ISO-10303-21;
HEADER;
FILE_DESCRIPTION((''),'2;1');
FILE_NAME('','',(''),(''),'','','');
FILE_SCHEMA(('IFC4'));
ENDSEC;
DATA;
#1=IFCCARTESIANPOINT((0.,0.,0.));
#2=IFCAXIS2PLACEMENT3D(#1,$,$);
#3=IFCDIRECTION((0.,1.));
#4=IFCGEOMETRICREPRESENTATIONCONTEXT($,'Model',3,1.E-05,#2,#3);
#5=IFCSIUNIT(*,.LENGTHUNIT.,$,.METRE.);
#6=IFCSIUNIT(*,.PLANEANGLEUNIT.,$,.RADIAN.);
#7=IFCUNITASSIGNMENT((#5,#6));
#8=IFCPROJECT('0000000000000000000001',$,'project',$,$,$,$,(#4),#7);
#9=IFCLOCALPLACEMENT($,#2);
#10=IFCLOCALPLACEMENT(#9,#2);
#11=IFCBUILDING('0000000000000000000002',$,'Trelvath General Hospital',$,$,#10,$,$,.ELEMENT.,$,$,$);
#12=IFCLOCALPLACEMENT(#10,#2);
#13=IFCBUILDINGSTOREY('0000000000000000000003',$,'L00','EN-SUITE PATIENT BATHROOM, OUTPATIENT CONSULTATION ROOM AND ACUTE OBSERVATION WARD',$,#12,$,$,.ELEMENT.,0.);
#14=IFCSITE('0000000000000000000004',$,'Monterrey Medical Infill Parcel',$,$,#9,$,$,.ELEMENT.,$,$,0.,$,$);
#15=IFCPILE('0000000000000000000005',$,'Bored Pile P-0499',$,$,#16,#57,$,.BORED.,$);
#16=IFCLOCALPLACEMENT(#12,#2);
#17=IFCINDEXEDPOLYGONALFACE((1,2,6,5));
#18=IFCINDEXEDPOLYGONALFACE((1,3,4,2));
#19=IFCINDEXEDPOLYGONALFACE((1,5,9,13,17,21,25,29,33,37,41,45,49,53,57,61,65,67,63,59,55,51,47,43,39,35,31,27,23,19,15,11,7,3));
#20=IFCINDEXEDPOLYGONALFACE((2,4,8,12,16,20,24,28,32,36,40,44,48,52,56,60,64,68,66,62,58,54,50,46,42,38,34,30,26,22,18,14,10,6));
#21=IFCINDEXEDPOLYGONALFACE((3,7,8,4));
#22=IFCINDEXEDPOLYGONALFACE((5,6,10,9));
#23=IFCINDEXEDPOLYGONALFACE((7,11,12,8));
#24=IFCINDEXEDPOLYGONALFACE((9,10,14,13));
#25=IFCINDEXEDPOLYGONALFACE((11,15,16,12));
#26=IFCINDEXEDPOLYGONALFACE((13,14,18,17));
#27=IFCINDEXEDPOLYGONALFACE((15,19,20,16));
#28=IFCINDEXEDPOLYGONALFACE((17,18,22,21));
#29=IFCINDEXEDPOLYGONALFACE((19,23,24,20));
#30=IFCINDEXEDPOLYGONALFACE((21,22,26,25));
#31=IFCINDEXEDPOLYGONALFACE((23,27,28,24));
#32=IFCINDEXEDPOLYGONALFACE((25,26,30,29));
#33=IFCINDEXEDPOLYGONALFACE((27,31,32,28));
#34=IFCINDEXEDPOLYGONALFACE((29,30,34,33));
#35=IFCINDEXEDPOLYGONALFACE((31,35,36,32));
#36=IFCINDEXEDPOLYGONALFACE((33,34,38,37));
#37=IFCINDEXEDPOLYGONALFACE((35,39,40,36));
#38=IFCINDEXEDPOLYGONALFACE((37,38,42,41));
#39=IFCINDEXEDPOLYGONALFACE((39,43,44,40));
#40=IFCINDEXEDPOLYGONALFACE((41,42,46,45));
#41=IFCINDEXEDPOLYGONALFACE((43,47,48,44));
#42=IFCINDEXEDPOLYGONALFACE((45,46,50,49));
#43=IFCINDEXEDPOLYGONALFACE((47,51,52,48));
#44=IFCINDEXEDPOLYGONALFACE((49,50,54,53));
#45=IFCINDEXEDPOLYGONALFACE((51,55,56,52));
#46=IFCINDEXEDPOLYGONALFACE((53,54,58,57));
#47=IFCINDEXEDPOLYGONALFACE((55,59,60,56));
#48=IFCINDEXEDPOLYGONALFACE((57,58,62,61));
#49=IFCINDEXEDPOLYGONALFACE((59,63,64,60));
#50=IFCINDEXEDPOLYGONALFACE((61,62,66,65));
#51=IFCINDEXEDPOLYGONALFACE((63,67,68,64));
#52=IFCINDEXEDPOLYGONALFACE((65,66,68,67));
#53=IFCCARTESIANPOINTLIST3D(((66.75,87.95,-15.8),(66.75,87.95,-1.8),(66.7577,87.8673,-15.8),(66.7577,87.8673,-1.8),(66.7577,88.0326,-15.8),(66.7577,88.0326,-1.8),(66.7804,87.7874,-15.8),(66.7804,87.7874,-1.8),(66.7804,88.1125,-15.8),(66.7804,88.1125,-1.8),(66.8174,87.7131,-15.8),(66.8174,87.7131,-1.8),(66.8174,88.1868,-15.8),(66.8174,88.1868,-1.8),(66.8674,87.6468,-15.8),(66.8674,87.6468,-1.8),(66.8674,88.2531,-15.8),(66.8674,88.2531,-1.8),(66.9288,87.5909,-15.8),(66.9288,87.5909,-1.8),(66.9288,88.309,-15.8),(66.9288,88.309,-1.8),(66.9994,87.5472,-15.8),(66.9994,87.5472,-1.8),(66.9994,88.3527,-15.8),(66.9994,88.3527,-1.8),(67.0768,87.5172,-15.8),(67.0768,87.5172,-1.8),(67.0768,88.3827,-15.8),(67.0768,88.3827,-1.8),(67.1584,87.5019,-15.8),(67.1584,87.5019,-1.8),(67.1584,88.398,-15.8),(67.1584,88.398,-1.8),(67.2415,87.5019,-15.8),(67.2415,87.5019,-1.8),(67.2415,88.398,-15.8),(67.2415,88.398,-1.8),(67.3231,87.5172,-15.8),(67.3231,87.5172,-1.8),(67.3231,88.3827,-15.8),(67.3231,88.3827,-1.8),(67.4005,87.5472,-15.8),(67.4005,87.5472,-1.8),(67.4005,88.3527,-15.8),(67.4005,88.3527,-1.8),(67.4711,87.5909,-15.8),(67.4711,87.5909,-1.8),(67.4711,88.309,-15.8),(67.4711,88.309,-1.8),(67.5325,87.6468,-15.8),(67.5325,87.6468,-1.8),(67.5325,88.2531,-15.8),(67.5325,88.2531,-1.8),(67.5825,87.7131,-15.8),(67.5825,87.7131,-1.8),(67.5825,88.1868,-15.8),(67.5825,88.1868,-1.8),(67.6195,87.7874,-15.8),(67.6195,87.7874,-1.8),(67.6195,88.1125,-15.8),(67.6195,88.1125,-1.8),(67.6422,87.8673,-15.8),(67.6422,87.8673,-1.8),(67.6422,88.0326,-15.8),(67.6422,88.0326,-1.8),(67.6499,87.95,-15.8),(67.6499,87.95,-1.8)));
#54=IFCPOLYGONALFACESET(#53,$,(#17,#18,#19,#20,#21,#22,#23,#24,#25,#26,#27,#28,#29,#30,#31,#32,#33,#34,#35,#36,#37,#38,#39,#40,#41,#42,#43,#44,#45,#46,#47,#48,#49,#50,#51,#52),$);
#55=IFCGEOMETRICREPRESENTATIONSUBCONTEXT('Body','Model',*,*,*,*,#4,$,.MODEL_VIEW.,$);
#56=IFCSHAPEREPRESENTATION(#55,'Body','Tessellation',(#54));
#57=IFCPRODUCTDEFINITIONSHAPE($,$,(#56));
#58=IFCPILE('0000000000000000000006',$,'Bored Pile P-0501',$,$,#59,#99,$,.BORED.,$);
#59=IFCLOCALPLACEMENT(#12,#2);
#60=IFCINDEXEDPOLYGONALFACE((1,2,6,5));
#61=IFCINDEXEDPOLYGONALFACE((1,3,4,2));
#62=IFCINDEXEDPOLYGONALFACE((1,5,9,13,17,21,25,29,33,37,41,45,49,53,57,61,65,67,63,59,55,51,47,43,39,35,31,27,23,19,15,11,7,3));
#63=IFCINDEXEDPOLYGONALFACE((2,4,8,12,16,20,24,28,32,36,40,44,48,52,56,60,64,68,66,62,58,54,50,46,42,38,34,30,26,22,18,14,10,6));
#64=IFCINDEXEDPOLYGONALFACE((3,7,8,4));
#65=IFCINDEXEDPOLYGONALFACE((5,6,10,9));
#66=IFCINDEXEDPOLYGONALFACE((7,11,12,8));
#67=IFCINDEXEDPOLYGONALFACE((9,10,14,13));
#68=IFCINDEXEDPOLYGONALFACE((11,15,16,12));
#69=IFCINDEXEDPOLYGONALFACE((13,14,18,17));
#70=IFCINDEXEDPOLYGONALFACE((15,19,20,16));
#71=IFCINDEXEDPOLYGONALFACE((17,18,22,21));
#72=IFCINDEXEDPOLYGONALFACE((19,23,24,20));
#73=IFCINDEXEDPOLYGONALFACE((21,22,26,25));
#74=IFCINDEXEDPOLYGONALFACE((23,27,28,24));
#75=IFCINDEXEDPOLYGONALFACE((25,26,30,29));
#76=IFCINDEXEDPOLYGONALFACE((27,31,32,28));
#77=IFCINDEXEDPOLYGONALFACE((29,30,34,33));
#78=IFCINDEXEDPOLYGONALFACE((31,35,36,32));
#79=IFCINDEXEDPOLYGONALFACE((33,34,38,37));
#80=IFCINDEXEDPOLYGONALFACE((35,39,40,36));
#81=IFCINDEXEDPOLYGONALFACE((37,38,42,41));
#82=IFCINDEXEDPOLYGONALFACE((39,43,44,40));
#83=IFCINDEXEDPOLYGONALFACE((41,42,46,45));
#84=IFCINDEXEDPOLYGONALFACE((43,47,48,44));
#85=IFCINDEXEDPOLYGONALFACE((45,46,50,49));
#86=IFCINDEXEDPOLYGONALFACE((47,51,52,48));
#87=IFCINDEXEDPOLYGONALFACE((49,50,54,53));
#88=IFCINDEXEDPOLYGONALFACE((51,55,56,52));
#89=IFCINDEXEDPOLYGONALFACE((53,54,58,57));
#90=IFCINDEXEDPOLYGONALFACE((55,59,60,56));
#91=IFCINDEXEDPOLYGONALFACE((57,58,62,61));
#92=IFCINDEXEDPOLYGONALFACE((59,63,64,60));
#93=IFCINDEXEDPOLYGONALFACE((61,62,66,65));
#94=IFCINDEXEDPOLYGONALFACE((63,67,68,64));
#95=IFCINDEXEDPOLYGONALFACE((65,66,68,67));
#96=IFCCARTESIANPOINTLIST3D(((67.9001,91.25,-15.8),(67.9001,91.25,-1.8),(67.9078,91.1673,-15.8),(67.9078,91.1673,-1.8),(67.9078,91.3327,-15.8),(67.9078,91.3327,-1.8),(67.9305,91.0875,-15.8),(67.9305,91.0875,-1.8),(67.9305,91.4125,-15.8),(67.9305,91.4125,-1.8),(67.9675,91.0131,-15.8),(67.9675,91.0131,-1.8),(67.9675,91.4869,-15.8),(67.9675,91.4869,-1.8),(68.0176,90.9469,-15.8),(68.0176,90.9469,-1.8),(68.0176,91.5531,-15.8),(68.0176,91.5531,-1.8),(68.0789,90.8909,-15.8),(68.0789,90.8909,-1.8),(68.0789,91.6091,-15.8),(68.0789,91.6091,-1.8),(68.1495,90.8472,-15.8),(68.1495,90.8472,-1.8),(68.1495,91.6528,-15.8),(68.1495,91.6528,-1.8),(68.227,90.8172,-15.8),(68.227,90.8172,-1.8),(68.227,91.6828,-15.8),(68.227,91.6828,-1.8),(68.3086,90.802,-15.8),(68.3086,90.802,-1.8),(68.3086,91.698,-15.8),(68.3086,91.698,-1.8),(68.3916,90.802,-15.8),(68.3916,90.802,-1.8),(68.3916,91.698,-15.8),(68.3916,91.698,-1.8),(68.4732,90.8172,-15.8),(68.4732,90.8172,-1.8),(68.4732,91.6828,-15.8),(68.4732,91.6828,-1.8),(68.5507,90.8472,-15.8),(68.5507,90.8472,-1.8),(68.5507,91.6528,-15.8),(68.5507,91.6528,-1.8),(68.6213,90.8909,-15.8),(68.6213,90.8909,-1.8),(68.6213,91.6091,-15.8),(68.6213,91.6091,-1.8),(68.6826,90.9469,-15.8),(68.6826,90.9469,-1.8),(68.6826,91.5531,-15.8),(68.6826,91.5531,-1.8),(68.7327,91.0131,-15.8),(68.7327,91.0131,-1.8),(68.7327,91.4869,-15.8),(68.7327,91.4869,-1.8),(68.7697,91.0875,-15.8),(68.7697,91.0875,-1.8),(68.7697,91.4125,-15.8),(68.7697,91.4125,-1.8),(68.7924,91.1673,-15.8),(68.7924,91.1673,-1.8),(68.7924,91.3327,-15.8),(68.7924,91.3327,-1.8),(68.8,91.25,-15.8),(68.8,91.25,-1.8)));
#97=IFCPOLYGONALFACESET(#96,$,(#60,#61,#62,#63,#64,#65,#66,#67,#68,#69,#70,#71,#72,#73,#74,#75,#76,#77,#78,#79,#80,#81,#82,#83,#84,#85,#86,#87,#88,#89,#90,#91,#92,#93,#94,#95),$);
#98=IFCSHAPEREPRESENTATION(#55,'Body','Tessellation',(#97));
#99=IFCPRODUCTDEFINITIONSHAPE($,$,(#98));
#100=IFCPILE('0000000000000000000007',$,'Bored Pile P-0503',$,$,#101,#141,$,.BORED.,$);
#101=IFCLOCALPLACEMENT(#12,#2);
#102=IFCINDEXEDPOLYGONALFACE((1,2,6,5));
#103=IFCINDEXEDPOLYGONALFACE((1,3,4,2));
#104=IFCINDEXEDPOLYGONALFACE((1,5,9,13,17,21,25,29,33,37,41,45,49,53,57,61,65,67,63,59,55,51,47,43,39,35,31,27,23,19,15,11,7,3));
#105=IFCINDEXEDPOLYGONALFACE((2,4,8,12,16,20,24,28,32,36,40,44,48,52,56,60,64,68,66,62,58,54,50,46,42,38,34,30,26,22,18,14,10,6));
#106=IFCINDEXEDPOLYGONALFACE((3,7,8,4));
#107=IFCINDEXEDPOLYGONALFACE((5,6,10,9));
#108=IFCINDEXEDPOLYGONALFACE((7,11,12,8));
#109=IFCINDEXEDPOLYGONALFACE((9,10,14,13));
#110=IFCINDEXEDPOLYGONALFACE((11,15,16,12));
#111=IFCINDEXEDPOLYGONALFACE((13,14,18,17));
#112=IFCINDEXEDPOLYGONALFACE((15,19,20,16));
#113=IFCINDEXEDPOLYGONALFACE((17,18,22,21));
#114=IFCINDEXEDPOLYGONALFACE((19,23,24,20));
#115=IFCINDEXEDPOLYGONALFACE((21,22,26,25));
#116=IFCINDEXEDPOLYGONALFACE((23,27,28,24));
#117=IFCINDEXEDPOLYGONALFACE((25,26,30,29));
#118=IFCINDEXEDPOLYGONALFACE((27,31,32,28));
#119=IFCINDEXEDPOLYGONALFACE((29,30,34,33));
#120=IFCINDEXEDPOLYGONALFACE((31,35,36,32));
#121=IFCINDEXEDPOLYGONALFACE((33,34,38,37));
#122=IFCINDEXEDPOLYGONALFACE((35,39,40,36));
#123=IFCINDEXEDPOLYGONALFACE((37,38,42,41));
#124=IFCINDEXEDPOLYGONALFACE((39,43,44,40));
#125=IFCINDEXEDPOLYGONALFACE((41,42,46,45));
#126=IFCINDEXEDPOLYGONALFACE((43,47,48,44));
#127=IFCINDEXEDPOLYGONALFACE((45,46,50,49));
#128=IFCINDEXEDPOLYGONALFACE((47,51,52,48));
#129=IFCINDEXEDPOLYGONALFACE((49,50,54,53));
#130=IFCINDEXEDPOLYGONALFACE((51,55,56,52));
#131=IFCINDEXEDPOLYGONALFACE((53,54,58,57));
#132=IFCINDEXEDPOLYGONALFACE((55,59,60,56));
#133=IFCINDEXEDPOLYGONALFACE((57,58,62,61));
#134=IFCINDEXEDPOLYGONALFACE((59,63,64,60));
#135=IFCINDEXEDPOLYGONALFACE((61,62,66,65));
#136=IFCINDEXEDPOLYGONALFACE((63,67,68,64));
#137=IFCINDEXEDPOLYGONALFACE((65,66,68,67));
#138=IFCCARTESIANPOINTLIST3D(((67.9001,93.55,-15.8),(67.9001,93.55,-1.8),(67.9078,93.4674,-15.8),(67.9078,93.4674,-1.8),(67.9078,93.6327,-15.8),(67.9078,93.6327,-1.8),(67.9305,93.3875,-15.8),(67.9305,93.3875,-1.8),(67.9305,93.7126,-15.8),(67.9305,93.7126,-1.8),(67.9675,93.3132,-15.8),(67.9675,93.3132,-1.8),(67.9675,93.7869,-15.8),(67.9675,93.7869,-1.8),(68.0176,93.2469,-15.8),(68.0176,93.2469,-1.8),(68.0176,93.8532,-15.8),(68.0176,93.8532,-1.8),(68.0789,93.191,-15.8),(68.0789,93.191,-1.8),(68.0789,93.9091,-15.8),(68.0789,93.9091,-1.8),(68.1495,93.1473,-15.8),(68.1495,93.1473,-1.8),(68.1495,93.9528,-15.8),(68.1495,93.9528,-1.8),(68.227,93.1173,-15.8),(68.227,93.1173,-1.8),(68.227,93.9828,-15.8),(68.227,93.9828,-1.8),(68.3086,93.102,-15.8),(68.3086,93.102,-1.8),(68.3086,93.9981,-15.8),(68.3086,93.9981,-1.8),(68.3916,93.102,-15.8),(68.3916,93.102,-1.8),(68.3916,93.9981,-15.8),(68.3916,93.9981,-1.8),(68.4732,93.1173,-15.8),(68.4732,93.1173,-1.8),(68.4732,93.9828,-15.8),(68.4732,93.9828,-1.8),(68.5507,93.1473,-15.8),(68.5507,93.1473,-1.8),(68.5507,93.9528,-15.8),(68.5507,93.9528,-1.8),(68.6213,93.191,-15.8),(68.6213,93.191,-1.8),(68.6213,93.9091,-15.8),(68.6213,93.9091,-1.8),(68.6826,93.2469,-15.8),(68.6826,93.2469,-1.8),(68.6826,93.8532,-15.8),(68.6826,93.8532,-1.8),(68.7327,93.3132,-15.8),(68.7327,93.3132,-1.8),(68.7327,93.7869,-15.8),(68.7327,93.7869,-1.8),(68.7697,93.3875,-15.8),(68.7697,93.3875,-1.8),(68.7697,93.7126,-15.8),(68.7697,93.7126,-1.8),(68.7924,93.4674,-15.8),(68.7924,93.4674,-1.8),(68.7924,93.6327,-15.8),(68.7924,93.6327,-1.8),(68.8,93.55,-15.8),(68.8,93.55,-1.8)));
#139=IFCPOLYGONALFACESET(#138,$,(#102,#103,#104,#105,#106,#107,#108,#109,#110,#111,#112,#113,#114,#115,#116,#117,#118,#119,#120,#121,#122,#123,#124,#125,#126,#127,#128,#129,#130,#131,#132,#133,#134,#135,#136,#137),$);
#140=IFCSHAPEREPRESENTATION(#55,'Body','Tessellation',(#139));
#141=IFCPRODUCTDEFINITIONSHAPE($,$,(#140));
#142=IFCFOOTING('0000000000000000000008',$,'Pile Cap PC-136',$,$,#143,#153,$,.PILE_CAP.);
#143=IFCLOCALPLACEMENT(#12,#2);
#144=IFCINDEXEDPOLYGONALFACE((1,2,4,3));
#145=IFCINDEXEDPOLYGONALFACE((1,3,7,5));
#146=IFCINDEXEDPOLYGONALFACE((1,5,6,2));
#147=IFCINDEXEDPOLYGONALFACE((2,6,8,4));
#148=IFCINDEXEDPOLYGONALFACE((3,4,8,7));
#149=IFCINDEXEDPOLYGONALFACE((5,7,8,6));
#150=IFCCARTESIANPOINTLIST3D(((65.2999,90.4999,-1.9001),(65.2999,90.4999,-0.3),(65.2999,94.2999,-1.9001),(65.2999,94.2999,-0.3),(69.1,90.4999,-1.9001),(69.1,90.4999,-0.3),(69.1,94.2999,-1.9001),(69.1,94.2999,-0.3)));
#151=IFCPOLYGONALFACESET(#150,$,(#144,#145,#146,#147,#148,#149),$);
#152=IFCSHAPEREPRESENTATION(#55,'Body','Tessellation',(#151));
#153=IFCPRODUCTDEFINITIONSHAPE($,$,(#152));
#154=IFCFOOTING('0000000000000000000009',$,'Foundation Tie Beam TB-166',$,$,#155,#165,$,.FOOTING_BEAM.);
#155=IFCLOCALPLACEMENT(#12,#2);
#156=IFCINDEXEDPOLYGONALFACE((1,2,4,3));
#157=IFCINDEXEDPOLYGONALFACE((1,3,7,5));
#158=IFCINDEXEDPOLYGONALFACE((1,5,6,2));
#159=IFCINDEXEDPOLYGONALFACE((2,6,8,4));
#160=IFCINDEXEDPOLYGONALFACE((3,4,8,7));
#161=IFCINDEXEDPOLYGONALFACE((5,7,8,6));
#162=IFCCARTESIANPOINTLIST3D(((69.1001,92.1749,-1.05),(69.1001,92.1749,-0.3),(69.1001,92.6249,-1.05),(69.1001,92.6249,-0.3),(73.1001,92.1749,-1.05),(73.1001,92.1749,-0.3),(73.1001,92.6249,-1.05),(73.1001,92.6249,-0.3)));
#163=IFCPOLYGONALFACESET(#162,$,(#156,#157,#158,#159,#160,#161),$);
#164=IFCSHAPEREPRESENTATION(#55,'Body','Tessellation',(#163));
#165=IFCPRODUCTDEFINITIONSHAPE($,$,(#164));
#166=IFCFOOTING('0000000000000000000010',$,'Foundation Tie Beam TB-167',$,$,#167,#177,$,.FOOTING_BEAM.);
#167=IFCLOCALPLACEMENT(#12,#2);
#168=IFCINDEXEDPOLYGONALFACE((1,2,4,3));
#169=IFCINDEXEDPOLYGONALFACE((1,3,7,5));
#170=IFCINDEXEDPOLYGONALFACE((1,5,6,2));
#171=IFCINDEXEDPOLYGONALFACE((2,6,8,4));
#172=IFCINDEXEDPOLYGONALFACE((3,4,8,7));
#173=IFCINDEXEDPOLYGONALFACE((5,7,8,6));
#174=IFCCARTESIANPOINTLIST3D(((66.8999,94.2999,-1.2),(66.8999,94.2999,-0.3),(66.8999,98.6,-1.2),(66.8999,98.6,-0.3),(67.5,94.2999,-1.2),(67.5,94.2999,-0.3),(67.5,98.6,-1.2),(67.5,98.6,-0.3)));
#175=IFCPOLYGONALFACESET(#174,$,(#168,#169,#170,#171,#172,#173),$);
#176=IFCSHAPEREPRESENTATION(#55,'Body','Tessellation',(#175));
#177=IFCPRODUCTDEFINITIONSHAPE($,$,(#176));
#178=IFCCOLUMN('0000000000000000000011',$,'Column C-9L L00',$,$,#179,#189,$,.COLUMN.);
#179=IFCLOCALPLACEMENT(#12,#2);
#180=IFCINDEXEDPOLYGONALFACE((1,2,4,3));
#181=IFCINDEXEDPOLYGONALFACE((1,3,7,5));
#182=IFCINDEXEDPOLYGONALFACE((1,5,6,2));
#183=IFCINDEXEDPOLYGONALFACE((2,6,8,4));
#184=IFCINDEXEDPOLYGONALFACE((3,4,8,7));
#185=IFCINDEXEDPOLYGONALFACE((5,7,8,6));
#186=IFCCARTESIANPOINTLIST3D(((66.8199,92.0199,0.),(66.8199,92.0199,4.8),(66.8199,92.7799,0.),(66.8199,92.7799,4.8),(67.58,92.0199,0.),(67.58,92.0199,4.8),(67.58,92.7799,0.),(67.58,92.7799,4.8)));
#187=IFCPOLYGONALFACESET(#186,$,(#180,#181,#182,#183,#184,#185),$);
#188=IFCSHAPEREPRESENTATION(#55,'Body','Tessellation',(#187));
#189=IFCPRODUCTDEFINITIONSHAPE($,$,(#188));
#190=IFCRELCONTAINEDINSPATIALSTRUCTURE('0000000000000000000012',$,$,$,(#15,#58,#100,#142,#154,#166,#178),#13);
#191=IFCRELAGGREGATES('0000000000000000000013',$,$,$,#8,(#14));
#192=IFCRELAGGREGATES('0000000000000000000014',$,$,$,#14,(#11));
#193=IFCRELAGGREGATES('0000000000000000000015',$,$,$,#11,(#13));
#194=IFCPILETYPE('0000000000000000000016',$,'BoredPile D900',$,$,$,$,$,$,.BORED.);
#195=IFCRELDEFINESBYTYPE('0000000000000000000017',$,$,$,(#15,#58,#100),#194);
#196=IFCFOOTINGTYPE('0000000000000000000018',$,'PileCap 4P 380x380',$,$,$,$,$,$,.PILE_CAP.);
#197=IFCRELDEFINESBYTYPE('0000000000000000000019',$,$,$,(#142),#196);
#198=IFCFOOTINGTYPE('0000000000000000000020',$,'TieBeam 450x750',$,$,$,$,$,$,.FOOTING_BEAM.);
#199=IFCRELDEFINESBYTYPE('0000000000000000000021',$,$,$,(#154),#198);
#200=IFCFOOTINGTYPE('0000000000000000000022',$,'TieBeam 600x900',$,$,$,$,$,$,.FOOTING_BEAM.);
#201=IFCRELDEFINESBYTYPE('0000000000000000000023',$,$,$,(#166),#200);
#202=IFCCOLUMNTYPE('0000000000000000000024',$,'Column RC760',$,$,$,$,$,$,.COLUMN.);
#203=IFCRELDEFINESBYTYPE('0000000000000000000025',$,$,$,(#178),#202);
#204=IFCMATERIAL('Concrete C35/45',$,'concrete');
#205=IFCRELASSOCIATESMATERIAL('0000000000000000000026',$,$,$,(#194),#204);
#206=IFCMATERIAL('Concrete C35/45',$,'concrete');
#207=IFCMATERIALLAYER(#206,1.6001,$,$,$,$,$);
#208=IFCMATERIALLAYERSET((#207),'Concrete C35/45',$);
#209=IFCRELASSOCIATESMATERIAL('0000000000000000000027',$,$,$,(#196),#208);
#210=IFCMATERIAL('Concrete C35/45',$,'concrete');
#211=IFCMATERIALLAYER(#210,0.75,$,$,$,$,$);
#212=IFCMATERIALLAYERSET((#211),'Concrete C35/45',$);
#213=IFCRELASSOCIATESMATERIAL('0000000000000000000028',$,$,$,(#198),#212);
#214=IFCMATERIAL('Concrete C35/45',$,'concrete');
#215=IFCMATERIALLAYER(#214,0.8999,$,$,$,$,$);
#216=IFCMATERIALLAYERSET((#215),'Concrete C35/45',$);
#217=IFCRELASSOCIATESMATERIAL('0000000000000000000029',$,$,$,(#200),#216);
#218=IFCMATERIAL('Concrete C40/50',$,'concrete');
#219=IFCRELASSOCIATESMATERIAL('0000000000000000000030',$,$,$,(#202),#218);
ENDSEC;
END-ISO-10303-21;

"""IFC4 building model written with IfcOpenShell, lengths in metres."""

from ifc_helpers import new_model, si_unit, direction, frame, origin, origin_2d, place, context, subcontext, project, spatial, rectangle, circle, extrude, material, layer, layer_set, material_profile, profile_set, type_object, element, save


model = new_model("IFC4")

# Units and contexts
model_context = context("Model", 3, precision=1e-05, world=origin(), true_north=direction((0.0, 1.0)))
body_context = subcontext(model_context, "Body", "Model", "MODEL_VIEW")
ifc_project = project(units=[si_unit("LENGTHUNIT", "METRE"), si_unit("PLANEANGLEUNIT", "RADIAN")], contexts=[model_context])

# Site, building, storey
site_placement = place(None, origin())
site = spatial("IfcSite", under=ifc_project, at=site_placement, Name="Monterrey Medical Infill Parcel", CompositionType="ELEMENT", RefElevation=0.0)
building_placement = place(site_placement, origin())
building = spatial("IfcBuilding", under=site, at=building_placement, Name="Trelvath General Hospital", CompositionType="ELEMENT")
storey_placement = place(building_placement, origin())
storey = spatial("IfcBuildingStorey", under=building, at=storey_placement, Name="L00", Description="EN-SUITE PATIENT BATHROOM, OUTPATIENT CONSULTATION ROOM AND ACUTE OBSERVATION WARD", CompositionType="ELEMENT", Elevation=0.0)

# Piles
ifc_material_1 = material(Name="Concrete C35/45", Category="concrete")
ifc_material_profile_1 = material_profile(ifc_material_1, circle(Radius=0.45, at=origin_2d()), Name="PILE900")
ifc_profile_set_1 = profile_set([ifc_material_profile_1], Name="Concrete C35/45")
pile_type = type_object("IfcPileType", Name="BoredPile D900", PredefinedType="BORED", material=ifc_profile_set_1)
for number, where, z_axis, x_axis, name in (
    (1, (67.2, 87.95, -1.8), (0.0, 0.0, -1.0), (1.0, 0.0, 0.0), "Bored Pile P-0499"),
    (2, (68.3501, 91.25, -1.8), (0.0, 0.0, -1.0), (1.0, 0.0, 0.0), "Bored Pile P-0501"),
    (3, (68.3501, 93.55, -1.8), (0.0, 0.0, -1.0), (1.0, 0.0, 0.0), "Bored Pile P-0503"),
):
    element("IfcPile", number, at=place(storey_placement, frame(where, z_axis=z_axis, x_axis=x_axis)), inside=storey, type_object=pile_type, Name=name, PredefinedType="BORED", context=body_context, shape_type="SweptSolid", body=[
        extrude(circle(Radius=0.45, at=origin_2d()), origin(), (0.0, 0.0, 1.0), 14.0),
    ])

# Footings
ifc_material_2 = material(Name="Concrete C35/45", Category="concrete")
ifc_layer_1 = layer(ifc_material_2, 1.6001)
ifc_layer_set_1 = layer_set([ifc_layer_1], Name="Concrete C35/45")
footing_type_1 = type_object("IfcFootingType", Name="PileCap 4P 380x380", PredefinedType="PILE_CAP", material=ifc_layer_set_1)
footing_1_placement = place(storey_placement, frame((67.2, 92.3999, -1.9001), z_axis=(0.0, 0.0, 1.0), x_axis=(1.0, 0.0, 0.0)))
element("IfcFooting", 4, at=footing_1_placement, inside=storey, type_object=footing_type_1, Name="Pile Cap PC-136", PredefinedType="PILE_CAP", context=body_context, shape_type="SweptSolid", body=[
    extrude(rectangle(XDim=3.8, YDim=3.8, at=origin_2d()), origin(), (0.0, 0.0, 1.0), 1.6001),
])
ifc_material_3 = material(Name="Concrete C35/45", Category="concrete")
ifc_layer_2 = layer(ifc_material_3, 0.75)
ifc_layer_set_2 = layer_set([ifc_layer_2], Name="Concrete C35/45")
footing_type_2 = type_object("IfcFootingType", Name="TieBeam 450x750", PredefinedType="FOOTING_BEAM", material=ifc_layer_set_2)
footing_2_placement = place(storey_placement, frame((71.1001, 92.3999, -1.05), z_axis=(0.0, 0.0, 1.0), x_axis=(1.0, 0.0, 0.0)))
element("IfcFooting", 5, at=footing_2_placement, inside=storey, type_object=footing_type_2, Name="Foundation Tie Beam TB-166", PredefinedType="FOOTING_BEAM", context=body_context, shape_type="SweptSolid", body=[
    extrude(rectangle(XDim=4.0, YDim=0.45, at=origin_2d()), origin(), (0.0, 0.0, 1.0), 0.75),
])
ifc_material_4 = material(Name="Concrete C35/45", Category="concrete")
ifc_layer_3 = layer(ifc_material_4, 0.8999)
ifc_layer_set_3 = layer_set([ifc_layer_3], Name="Concrete C35/45")
footing_type_3 = type_object("IfcFootingType", Name="TieBeam 600x900", PredefinedType="FOOTING_BEAM", material=ifc_layer_set_3)
footing_3_placement = place(storey_placement, frame((67.2, 96.45, -1.2), z_axis=(0.0, 0.0, 1.0), x_axis=(1.0, 0.0, 0.0)))
element("IfcFooting", 6, at=footing_3_placement, inside=storey, type_object=footing_type_3, Name="Foundation Tie Beam TB-167", PredefinedType="FOOTING_BEAM", context=body_context, shape_type="SweptSolid", body=[
    extrude(rectangle(XDim=0.6001, YDim=4.3, at=origin_2d()), origin(), (0.0, 0.0, 1.0), 0.8999),
])

# Column
ifc_material_5 = material(Name="Concrete C40/50", Category="concrete")
ifc_material_profile_2 = material_profile(ifc_material_5, rectangle(XDim=0.76, YDim=0.76, at=origin_2d()), Name="RC760x760")
ifc_profile_set_2 = profile_set([ifc_material_profile_2], Name="Concrete C40/50")
column_type = type_object("IfcColumnType", Name="Column RC760", PredefinedType="COLUMN", material=ifc_profile_set_2)
column_placement = place(storey_placement, frame((67.2, 92.3999, 0.0), z_axis=(0.0, 0.0, 1.0), x_axis=(1.0, 0.0, 0.0)))
element("IfcColumn", 7, at=column_placement, inside=storey, type_object=column_type, Name="Column C-9L L00", PredefinedType="COLUMN", context=body_context, shape_type="SweptSolid", body=[
    extrude(rectangle(XDim=0.76, YDim=0.76, at=origin_2d()), origin(), (0.0, 0.0, 1.0), 4.8),
])

save(model, "model.ifc")
